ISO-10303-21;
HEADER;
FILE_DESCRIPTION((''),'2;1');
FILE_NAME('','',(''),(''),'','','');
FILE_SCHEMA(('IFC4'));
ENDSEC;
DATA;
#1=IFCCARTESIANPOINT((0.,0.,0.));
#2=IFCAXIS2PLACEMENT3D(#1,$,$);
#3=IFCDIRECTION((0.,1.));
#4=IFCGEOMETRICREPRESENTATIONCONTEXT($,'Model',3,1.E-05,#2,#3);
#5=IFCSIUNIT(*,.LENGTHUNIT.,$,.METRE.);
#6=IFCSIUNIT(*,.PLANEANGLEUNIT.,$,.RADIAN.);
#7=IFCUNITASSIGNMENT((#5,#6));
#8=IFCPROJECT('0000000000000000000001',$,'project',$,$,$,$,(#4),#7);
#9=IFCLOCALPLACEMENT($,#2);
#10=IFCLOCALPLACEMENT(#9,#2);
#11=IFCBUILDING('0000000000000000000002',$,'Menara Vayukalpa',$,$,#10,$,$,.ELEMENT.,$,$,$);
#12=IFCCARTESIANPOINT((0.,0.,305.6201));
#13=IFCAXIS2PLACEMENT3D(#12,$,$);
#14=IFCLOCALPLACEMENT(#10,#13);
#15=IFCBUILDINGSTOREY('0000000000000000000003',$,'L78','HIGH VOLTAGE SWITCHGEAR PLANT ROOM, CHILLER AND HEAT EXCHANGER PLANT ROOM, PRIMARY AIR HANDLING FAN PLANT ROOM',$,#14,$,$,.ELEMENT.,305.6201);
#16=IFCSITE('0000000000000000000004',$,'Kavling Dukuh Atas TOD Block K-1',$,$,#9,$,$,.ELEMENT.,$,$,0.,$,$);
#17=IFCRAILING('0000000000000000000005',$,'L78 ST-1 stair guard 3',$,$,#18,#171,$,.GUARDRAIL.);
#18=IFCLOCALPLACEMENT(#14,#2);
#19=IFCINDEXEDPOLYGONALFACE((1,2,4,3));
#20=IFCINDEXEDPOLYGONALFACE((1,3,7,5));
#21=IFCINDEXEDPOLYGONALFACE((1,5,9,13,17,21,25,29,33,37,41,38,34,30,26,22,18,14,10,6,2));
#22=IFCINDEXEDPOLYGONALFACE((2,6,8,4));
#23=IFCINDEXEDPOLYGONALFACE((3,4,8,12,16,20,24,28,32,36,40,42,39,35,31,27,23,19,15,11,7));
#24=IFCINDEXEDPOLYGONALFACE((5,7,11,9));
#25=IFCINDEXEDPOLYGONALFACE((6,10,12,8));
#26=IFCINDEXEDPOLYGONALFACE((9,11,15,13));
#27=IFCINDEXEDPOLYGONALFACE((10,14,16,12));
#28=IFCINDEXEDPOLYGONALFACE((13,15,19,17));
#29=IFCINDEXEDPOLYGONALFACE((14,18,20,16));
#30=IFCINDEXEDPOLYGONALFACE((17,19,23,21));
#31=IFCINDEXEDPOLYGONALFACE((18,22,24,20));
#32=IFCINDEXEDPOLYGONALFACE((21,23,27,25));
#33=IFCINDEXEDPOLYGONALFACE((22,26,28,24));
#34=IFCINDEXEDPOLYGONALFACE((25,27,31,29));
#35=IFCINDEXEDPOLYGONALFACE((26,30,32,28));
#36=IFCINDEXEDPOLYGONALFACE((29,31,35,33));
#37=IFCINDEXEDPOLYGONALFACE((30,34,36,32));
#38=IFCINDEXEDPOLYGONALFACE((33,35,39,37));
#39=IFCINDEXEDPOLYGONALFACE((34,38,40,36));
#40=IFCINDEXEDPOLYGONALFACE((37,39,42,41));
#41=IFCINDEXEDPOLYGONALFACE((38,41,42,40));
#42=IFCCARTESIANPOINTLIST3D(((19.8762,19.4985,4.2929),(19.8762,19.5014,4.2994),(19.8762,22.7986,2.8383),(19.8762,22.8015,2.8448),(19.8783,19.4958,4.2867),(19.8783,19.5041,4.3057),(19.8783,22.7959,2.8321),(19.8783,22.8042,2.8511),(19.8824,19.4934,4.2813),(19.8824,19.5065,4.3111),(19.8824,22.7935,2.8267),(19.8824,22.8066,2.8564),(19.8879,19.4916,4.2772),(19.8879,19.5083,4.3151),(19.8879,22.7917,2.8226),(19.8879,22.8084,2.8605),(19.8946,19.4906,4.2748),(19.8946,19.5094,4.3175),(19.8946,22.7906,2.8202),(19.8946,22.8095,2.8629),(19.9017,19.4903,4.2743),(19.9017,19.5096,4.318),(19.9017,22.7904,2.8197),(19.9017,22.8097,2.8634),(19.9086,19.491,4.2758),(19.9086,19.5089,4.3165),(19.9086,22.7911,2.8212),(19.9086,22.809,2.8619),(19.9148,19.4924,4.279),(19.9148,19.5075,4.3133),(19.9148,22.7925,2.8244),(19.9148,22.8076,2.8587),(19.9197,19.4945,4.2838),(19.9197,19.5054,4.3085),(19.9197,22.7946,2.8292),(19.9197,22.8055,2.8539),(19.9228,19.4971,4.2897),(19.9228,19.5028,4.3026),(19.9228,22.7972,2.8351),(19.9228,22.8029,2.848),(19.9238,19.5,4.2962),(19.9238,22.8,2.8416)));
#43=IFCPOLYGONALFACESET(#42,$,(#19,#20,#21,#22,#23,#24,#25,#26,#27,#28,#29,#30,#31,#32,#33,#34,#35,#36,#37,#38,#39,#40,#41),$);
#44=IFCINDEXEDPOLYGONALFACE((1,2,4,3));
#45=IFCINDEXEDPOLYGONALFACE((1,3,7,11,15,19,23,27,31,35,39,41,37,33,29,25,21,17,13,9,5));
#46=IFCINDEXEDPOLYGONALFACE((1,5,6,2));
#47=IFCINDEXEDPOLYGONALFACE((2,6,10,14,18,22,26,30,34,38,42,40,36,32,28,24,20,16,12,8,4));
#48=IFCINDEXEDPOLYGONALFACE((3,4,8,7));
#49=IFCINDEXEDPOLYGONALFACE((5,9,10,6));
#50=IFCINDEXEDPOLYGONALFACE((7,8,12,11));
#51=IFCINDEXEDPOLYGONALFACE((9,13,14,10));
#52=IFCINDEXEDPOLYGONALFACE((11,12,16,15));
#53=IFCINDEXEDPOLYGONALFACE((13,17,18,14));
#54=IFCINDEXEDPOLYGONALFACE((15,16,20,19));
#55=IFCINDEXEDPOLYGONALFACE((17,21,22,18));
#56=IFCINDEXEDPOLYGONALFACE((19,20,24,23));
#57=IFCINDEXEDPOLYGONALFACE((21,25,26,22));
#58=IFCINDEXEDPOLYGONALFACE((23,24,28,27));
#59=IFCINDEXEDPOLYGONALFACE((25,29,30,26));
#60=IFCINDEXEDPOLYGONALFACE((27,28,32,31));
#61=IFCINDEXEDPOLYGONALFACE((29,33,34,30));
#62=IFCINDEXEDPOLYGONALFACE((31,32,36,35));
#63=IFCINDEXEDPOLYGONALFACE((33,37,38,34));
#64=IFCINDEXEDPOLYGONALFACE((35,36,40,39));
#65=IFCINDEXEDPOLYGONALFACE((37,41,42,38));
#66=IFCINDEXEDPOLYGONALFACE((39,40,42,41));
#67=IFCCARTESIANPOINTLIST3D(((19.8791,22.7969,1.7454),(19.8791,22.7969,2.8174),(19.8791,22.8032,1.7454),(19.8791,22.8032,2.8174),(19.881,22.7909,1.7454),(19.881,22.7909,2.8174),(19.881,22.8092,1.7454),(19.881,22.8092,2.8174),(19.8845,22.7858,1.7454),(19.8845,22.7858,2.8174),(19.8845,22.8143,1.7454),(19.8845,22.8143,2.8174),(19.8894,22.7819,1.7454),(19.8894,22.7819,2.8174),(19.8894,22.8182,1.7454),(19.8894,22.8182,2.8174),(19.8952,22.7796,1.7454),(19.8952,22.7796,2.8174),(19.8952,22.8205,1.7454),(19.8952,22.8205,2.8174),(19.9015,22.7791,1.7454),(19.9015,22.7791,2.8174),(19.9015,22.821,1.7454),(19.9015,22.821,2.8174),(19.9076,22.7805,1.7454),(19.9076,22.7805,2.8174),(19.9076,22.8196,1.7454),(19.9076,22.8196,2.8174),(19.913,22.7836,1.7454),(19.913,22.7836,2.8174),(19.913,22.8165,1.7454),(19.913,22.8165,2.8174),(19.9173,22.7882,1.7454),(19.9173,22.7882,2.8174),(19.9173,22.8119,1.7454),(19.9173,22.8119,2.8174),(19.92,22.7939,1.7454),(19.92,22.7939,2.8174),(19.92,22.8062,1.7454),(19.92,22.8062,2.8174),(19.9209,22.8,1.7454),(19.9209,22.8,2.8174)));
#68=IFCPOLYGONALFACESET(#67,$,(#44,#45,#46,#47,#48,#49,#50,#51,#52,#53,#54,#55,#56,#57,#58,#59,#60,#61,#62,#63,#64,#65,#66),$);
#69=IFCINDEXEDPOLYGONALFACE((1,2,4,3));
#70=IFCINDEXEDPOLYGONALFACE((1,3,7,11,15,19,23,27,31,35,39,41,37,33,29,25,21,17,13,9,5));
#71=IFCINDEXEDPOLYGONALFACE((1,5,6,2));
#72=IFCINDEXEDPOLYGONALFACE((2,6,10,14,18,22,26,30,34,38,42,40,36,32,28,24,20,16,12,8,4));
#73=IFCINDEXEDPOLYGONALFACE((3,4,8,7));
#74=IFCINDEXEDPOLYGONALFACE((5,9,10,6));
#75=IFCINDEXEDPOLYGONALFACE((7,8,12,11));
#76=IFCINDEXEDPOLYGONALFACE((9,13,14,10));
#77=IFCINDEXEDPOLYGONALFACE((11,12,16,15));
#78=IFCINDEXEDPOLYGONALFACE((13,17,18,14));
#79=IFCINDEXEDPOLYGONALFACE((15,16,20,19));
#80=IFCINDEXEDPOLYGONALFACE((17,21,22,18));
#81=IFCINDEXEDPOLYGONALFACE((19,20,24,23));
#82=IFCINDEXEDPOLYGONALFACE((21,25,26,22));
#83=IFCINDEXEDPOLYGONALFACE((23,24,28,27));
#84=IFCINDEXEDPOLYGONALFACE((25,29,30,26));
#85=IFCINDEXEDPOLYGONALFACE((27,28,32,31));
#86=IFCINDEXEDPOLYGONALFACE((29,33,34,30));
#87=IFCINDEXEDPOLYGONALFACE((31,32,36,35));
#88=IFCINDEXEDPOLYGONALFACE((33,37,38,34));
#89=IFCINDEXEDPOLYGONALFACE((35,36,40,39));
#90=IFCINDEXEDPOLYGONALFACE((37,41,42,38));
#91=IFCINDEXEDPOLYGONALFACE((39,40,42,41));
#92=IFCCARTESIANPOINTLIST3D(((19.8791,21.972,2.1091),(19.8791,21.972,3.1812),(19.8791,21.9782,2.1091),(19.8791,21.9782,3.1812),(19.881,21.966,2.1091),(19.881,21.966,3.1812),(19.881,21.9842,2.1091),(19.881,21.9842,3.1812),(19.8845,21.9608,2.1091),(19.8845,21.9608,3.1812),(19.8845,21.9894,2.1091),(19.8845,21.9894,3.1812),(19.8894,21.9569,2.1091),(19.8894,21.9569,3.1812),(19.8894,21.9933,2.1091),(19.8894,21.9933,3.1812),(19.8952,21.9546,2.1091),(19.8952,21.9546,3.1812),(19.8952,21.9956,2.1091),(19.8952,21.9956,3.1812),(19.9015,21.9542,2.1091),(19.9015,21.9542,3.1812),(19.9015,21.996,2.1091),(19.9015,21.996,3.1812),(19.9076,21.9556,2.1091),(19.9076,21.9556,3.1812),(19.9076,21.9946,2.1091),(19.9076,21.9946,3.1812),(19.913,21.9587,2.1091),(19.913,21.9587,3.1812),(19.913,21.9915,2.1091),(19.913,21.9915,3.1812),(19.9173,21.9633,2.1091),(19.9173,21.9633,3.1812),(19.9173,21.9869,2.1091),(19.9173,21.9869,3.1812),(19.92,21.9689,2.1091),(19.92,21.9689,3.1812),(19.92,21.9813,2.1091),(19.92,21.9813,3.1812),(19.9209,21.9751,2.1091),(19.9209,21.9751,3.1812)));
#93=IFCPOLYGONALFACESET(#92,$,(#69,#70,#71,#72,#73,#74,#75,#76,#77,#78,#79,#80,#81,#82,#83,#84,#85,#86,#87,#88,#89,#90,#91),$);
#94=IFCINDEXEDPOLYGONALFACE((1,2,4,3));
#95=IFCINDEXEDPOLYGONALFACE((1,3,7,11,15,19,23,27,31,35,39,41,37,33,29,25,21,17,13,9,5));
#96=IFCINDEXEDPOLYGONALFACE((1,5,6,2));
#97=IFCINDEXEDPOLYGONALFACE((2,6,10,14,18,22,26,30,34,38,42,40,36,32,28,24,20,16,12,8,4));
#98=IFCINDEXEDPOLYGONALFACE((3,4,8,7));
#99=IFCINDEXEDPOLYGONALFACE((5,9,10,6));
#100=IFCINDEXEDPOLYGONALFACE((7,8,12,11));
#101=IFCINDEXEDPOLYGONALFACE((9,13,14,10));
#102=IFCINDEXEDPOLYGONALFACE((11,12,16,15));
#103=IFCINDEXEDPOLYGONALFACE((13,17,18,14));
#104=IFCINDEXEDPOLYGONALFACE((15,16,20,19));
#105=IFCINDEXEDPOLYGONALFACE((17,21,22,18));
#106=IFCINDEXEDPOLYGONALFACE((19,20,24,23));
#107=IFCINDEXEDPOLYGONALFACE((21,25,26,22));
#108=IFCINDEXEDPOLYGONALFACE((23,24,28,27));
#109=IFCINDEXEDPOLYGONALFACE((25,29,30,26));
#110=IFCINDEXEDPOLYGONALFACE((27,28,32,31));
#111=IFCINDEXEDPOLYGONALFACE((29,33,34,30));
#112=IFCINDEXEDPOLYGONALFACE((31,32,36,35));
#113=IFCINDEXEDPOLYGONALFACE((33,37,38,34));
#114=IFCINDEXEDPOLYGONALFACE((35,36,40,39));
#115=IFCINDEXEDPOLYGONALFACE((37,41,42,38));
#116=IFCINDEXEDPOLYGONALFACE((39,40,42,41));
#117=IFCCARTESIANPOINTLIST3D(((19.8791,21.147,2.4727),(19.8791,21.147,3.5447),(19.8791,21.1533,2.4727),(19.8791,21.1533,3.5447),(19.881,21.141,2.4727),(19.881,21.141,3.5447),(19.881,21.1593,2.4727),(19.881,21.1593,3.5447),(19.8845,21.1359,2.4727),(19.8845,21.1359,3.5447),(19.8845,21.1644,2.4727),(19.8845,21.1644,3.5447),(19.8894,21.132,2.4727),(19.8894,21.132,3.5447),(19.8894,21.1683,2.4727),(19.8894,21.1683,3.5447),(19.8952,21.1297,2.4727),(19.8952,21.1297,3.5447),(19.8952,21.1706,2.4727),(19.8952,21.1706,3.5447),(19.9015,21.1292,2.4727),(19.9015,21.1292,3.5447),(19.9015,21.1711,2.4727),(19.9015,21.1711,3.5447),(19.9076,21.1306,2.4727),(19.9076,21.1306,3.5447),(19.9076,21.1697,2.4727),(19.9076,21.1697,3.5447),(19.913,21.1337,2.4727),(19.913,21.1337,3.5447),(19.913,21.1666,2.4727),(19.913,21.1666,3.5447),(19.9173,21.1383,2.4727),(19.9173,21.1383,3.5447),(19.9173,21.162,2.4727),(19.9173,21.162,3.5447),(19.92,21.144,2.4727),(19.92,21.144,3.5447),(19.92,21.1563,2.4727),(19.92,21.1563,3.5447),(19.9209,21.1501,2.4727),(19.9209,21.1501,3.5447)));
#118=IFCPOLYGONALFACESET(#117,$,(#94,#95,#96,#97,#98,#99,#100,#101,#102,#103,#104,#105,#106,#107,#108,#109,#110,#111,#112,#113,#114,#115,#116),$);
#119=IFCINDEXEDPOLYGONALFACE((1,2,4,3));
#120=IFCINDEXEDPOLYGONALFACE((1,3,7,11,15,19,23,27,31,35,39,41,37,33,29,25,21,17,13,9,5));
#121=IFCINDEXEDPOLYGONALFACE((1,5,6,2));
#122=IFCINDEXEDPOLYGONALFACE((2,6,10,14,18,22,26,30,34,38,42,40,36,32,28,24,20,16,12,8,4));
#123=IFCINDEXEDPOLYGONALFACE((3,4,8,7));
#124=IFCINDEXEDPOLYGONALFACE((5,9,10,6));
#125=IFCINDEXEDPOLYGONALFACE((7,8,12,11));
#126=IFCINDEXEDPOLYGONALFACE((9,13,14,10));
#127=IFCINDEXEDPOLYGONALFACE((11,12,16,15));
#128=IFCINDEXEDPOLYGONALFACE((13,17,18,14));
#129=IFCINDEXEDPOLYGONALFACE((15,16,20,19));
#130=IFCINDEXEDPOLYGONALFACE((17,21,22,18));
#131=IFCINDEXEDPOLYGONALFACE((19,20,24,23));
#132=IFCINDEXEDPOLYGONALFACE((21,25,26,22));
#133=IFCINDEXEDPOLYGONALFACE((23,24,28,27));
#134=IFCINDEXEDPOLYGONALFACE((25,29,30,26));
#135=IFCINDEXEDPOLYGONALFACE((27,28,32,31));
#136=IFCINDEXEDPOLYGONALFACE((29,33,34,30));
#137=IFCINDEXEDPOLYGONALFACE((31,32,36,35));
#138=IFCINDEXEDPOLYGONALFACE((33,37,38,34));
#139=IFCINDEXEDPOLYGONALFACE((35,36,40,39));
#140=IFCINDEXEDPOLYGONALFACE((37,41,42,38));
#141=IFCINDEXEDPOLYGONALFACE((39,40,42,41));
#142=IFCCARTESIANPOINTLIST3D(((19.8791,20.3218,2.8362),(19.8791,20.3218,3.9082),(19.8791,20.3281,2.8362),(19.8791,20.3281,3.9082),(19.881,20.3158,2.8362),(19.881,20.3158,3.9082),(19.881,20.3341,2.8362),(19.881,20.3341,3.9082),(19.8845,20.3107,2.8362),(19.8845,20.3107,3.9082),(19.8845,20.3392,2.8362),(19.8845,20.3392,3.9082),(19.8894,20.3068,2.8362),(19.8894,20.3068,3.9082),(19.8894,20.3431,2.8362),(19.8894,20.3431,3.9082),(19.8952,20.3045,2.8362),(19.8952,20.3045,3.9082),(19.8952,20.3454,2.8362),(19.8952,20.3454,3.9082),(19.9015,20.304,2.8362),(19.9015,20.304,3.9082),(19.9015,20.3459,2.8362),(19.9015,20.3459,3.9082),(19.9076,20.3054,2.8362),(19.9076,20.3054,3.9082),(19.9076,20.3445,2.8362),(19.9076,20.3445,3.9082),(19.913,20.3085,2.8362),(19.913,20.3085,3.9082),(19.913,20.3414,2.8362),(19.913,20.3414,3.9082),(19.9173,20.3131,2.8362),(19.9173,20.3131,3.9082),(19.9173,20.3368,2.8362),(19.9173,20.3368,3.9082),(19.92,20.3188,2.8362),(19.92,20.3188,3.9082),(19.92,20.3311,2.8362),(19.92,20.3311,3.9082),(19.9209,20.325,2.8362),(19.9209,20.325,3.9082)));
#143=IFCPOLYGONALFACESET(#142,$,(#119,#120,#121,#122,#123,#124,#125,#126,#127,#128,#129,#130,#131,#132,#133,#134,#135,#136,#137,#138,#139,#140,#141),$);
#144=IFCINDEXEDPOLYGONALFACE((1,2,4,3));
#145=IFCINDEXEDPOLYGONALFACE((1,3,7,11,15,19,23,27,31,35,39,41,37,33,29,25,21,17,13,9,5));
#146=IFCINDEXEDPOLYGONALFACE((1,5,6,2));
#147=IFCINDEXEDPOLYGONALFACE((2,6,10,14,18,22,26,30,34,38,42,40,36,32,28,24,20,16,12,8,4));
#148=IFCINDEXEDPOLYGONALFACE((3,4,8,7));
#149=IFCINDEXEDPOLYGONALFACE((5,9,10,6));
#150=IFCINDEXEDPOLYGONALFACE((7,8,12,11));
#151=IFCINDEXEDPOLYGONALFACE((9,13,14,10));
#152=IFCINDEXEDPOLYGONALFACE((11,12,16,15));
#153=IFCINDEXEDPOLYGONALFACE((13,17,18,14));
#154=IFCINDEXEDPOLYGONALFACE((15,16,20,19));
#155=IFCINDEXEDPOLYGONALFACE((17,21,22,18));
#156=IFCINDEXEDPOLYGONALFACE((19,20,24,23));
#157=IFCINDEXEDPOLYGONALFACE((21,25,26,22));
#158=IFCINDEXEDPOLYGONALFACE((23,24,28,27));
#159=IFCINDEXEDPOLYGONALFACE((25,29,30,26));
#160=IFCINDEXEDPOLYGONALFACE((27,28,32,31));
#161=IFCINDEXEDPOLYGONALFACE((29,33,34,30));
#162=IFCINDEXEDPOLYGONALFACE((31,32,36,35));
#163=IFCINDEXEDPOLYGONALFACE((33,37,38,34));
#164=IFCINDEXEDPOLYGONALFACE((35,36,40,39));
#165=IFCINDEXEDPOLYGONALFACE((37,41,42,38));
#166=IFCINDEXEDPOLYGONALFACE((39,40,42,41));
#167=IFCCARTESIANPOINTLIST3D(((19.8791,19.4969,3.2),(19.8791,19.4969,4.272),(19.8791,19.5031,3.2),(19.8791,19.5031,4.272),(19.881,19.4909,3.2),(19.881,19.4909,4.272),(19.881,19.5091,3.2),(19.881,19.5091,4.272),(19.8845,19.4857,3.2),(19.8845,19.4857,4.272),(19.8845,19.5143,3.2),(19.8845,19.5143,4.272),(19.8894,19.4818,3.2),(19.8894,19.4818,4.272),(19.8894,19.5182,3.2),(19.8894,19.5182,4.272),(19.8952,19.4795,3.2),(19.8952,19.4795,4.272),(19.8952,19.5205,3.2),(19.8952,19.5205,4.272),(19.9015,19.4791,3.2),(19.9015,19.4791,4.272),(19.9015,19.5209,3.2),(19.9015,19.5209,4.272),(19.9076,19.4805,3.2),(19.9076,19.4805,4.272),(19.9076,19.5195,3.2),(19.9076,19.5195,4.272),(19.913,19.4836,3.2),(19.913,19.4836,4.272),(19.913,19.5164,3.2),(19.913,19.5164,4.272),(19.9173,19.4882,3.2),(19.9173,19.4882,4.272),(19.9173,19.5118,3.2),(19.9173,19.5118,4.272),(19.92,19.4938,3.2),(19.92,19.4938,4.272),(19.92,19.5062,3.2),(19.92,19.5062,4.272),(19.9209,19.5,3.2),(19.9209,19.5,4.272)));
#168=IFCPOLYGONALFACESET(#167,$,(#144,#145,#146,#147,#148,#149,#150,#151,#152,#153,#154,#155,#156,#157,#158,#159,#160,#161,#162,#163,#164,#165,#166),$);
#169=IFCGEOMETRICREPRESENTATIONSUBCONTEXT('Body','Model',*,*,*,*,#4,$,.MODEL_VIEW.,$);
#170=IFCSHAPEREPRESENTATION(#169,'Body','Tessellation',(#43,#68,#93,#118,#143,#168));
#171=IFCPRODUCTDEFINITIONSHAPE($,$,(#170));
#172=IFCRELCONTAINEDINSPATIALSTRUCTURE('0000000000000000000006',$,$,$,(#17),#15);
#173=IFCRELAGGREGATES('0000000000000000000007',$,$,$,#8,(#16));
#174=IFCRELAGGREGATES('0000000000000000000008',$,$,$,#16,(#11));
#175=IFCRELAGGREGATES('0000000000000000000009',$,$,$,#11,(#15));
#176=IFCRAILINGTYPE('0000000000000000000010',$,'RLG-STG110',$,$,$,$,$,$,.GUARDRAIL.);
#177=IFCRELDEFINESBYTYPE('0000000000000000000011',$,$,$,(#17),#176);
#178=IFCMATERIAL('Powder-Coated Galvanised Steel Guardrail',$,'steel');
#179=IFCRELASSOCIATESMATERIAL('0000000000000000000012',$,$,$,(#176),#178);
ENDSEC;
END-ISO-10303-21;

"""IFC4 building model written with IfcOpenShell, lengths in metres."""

from ifc_helpers import new_model, si_unit, direction, frame, origin, origin_2d, place, context, subcontext, project, spatial, circle, extrude, material, type_object, element, save


model = new_model("IFC4")

# Units and contexts
model_context = context("Model", 3, precision=1e-05, world=origin(), true_north=direction((0.0, 1.0)))
body_context = subcontext(model_context, "Body", "Model", "MODEL_VIEW")
ifc_project = project(units=[si_unit("LENGTHUNIT", "METRE"), si_unit("PLANEANGLEUNIT", "RADIAN")], contexts=[model_context])

# Site, building, storey
site_placement = place(None, origin())
site = spatial("IfcSite", under=ifc_project, at=site_placement, Name="Kavling Dukuh Atas TOD Block K-1", CompositionType="ELEMENT", RefElevation=0.0)
building_placement = place(site_placement, origin())
building = spatial("IfcBuilding", under=site, at=building_placement, Name="Menara Vayukalpa", CompositionType="ELEMENT")
storey_placement = place(building_placement, frame((0.0, 0.0, 305.6201)))
storey = spatial("IfcBuildingStorey", under=building, at=storey_placement, Name="L78", Description="HIGH VOLTAGE SWITCHGEAR PLANT ROOM, CHILLER AND HEAT EXCHANGER PLANT ROOM, PRIMARY AIR HANDLING FAN PLANT ROOM", CompositionType="ELEMENT", Elevation=305.6201)

# Railing
ifc_material_1 = material(Name="Powder-Coated Galvanised Steel Guardrail", Category="steel")
railing_type_1 = type_object("IfcRailingType", Name="RLG-STG110", PredefinedType="GUARDRAIL", material=ifc_material_1)
railing_1_placement = place(storey_placement, frame((19.8999, 22.8, 1.7454)))
element("IfcRailing", 1, at=railing_1_placement, inside=storey, type_object=railing_type_1, Name="L78 ST-1 stair guard 3", PredefinedType="GUARDRAIL", context=body_context, shape_type="SweptSolid", body=[
    extrude(circle(Radius=0.0239, at=origin_2d()), frame((0.0, 0.0, 1.0962), z_axis=(0.0, -0.915052, 0.403335), x_axis=(1.0, 0.0, 0.0)), (0.0, 0.0, 1.0), 3.6064),
    extrude(circle(Radius=0.021, at=origin_2d()), origin(), (0.0, 0.0, 1.0), 1.072),
    extrude(circle(Radius=0.021, at=origin_2d()), frame((0.0, -0.825, 0.3638)), (0.0, 0.0, 1.0), 1.072),
    extrude(circle(Radius=0.021, at=origin_2d()), frame((0.0, -1.6499, 0.7273)), (0.0, 0.0, 1.0), 1.072),
    extrude(circle(Radius=0.021, at=origin_2d()), frame((0.0, -2.4751, 1.0908)), (0.0, 0.0, 1.0), 1.072),
    extrude(circle(Radius=0.021, at=origin_2d()), frame((0.0, -3.3, 1.4546)), (0.0, 0.0, 1.0), 1.072),
])

save(model, "model.ifc")
